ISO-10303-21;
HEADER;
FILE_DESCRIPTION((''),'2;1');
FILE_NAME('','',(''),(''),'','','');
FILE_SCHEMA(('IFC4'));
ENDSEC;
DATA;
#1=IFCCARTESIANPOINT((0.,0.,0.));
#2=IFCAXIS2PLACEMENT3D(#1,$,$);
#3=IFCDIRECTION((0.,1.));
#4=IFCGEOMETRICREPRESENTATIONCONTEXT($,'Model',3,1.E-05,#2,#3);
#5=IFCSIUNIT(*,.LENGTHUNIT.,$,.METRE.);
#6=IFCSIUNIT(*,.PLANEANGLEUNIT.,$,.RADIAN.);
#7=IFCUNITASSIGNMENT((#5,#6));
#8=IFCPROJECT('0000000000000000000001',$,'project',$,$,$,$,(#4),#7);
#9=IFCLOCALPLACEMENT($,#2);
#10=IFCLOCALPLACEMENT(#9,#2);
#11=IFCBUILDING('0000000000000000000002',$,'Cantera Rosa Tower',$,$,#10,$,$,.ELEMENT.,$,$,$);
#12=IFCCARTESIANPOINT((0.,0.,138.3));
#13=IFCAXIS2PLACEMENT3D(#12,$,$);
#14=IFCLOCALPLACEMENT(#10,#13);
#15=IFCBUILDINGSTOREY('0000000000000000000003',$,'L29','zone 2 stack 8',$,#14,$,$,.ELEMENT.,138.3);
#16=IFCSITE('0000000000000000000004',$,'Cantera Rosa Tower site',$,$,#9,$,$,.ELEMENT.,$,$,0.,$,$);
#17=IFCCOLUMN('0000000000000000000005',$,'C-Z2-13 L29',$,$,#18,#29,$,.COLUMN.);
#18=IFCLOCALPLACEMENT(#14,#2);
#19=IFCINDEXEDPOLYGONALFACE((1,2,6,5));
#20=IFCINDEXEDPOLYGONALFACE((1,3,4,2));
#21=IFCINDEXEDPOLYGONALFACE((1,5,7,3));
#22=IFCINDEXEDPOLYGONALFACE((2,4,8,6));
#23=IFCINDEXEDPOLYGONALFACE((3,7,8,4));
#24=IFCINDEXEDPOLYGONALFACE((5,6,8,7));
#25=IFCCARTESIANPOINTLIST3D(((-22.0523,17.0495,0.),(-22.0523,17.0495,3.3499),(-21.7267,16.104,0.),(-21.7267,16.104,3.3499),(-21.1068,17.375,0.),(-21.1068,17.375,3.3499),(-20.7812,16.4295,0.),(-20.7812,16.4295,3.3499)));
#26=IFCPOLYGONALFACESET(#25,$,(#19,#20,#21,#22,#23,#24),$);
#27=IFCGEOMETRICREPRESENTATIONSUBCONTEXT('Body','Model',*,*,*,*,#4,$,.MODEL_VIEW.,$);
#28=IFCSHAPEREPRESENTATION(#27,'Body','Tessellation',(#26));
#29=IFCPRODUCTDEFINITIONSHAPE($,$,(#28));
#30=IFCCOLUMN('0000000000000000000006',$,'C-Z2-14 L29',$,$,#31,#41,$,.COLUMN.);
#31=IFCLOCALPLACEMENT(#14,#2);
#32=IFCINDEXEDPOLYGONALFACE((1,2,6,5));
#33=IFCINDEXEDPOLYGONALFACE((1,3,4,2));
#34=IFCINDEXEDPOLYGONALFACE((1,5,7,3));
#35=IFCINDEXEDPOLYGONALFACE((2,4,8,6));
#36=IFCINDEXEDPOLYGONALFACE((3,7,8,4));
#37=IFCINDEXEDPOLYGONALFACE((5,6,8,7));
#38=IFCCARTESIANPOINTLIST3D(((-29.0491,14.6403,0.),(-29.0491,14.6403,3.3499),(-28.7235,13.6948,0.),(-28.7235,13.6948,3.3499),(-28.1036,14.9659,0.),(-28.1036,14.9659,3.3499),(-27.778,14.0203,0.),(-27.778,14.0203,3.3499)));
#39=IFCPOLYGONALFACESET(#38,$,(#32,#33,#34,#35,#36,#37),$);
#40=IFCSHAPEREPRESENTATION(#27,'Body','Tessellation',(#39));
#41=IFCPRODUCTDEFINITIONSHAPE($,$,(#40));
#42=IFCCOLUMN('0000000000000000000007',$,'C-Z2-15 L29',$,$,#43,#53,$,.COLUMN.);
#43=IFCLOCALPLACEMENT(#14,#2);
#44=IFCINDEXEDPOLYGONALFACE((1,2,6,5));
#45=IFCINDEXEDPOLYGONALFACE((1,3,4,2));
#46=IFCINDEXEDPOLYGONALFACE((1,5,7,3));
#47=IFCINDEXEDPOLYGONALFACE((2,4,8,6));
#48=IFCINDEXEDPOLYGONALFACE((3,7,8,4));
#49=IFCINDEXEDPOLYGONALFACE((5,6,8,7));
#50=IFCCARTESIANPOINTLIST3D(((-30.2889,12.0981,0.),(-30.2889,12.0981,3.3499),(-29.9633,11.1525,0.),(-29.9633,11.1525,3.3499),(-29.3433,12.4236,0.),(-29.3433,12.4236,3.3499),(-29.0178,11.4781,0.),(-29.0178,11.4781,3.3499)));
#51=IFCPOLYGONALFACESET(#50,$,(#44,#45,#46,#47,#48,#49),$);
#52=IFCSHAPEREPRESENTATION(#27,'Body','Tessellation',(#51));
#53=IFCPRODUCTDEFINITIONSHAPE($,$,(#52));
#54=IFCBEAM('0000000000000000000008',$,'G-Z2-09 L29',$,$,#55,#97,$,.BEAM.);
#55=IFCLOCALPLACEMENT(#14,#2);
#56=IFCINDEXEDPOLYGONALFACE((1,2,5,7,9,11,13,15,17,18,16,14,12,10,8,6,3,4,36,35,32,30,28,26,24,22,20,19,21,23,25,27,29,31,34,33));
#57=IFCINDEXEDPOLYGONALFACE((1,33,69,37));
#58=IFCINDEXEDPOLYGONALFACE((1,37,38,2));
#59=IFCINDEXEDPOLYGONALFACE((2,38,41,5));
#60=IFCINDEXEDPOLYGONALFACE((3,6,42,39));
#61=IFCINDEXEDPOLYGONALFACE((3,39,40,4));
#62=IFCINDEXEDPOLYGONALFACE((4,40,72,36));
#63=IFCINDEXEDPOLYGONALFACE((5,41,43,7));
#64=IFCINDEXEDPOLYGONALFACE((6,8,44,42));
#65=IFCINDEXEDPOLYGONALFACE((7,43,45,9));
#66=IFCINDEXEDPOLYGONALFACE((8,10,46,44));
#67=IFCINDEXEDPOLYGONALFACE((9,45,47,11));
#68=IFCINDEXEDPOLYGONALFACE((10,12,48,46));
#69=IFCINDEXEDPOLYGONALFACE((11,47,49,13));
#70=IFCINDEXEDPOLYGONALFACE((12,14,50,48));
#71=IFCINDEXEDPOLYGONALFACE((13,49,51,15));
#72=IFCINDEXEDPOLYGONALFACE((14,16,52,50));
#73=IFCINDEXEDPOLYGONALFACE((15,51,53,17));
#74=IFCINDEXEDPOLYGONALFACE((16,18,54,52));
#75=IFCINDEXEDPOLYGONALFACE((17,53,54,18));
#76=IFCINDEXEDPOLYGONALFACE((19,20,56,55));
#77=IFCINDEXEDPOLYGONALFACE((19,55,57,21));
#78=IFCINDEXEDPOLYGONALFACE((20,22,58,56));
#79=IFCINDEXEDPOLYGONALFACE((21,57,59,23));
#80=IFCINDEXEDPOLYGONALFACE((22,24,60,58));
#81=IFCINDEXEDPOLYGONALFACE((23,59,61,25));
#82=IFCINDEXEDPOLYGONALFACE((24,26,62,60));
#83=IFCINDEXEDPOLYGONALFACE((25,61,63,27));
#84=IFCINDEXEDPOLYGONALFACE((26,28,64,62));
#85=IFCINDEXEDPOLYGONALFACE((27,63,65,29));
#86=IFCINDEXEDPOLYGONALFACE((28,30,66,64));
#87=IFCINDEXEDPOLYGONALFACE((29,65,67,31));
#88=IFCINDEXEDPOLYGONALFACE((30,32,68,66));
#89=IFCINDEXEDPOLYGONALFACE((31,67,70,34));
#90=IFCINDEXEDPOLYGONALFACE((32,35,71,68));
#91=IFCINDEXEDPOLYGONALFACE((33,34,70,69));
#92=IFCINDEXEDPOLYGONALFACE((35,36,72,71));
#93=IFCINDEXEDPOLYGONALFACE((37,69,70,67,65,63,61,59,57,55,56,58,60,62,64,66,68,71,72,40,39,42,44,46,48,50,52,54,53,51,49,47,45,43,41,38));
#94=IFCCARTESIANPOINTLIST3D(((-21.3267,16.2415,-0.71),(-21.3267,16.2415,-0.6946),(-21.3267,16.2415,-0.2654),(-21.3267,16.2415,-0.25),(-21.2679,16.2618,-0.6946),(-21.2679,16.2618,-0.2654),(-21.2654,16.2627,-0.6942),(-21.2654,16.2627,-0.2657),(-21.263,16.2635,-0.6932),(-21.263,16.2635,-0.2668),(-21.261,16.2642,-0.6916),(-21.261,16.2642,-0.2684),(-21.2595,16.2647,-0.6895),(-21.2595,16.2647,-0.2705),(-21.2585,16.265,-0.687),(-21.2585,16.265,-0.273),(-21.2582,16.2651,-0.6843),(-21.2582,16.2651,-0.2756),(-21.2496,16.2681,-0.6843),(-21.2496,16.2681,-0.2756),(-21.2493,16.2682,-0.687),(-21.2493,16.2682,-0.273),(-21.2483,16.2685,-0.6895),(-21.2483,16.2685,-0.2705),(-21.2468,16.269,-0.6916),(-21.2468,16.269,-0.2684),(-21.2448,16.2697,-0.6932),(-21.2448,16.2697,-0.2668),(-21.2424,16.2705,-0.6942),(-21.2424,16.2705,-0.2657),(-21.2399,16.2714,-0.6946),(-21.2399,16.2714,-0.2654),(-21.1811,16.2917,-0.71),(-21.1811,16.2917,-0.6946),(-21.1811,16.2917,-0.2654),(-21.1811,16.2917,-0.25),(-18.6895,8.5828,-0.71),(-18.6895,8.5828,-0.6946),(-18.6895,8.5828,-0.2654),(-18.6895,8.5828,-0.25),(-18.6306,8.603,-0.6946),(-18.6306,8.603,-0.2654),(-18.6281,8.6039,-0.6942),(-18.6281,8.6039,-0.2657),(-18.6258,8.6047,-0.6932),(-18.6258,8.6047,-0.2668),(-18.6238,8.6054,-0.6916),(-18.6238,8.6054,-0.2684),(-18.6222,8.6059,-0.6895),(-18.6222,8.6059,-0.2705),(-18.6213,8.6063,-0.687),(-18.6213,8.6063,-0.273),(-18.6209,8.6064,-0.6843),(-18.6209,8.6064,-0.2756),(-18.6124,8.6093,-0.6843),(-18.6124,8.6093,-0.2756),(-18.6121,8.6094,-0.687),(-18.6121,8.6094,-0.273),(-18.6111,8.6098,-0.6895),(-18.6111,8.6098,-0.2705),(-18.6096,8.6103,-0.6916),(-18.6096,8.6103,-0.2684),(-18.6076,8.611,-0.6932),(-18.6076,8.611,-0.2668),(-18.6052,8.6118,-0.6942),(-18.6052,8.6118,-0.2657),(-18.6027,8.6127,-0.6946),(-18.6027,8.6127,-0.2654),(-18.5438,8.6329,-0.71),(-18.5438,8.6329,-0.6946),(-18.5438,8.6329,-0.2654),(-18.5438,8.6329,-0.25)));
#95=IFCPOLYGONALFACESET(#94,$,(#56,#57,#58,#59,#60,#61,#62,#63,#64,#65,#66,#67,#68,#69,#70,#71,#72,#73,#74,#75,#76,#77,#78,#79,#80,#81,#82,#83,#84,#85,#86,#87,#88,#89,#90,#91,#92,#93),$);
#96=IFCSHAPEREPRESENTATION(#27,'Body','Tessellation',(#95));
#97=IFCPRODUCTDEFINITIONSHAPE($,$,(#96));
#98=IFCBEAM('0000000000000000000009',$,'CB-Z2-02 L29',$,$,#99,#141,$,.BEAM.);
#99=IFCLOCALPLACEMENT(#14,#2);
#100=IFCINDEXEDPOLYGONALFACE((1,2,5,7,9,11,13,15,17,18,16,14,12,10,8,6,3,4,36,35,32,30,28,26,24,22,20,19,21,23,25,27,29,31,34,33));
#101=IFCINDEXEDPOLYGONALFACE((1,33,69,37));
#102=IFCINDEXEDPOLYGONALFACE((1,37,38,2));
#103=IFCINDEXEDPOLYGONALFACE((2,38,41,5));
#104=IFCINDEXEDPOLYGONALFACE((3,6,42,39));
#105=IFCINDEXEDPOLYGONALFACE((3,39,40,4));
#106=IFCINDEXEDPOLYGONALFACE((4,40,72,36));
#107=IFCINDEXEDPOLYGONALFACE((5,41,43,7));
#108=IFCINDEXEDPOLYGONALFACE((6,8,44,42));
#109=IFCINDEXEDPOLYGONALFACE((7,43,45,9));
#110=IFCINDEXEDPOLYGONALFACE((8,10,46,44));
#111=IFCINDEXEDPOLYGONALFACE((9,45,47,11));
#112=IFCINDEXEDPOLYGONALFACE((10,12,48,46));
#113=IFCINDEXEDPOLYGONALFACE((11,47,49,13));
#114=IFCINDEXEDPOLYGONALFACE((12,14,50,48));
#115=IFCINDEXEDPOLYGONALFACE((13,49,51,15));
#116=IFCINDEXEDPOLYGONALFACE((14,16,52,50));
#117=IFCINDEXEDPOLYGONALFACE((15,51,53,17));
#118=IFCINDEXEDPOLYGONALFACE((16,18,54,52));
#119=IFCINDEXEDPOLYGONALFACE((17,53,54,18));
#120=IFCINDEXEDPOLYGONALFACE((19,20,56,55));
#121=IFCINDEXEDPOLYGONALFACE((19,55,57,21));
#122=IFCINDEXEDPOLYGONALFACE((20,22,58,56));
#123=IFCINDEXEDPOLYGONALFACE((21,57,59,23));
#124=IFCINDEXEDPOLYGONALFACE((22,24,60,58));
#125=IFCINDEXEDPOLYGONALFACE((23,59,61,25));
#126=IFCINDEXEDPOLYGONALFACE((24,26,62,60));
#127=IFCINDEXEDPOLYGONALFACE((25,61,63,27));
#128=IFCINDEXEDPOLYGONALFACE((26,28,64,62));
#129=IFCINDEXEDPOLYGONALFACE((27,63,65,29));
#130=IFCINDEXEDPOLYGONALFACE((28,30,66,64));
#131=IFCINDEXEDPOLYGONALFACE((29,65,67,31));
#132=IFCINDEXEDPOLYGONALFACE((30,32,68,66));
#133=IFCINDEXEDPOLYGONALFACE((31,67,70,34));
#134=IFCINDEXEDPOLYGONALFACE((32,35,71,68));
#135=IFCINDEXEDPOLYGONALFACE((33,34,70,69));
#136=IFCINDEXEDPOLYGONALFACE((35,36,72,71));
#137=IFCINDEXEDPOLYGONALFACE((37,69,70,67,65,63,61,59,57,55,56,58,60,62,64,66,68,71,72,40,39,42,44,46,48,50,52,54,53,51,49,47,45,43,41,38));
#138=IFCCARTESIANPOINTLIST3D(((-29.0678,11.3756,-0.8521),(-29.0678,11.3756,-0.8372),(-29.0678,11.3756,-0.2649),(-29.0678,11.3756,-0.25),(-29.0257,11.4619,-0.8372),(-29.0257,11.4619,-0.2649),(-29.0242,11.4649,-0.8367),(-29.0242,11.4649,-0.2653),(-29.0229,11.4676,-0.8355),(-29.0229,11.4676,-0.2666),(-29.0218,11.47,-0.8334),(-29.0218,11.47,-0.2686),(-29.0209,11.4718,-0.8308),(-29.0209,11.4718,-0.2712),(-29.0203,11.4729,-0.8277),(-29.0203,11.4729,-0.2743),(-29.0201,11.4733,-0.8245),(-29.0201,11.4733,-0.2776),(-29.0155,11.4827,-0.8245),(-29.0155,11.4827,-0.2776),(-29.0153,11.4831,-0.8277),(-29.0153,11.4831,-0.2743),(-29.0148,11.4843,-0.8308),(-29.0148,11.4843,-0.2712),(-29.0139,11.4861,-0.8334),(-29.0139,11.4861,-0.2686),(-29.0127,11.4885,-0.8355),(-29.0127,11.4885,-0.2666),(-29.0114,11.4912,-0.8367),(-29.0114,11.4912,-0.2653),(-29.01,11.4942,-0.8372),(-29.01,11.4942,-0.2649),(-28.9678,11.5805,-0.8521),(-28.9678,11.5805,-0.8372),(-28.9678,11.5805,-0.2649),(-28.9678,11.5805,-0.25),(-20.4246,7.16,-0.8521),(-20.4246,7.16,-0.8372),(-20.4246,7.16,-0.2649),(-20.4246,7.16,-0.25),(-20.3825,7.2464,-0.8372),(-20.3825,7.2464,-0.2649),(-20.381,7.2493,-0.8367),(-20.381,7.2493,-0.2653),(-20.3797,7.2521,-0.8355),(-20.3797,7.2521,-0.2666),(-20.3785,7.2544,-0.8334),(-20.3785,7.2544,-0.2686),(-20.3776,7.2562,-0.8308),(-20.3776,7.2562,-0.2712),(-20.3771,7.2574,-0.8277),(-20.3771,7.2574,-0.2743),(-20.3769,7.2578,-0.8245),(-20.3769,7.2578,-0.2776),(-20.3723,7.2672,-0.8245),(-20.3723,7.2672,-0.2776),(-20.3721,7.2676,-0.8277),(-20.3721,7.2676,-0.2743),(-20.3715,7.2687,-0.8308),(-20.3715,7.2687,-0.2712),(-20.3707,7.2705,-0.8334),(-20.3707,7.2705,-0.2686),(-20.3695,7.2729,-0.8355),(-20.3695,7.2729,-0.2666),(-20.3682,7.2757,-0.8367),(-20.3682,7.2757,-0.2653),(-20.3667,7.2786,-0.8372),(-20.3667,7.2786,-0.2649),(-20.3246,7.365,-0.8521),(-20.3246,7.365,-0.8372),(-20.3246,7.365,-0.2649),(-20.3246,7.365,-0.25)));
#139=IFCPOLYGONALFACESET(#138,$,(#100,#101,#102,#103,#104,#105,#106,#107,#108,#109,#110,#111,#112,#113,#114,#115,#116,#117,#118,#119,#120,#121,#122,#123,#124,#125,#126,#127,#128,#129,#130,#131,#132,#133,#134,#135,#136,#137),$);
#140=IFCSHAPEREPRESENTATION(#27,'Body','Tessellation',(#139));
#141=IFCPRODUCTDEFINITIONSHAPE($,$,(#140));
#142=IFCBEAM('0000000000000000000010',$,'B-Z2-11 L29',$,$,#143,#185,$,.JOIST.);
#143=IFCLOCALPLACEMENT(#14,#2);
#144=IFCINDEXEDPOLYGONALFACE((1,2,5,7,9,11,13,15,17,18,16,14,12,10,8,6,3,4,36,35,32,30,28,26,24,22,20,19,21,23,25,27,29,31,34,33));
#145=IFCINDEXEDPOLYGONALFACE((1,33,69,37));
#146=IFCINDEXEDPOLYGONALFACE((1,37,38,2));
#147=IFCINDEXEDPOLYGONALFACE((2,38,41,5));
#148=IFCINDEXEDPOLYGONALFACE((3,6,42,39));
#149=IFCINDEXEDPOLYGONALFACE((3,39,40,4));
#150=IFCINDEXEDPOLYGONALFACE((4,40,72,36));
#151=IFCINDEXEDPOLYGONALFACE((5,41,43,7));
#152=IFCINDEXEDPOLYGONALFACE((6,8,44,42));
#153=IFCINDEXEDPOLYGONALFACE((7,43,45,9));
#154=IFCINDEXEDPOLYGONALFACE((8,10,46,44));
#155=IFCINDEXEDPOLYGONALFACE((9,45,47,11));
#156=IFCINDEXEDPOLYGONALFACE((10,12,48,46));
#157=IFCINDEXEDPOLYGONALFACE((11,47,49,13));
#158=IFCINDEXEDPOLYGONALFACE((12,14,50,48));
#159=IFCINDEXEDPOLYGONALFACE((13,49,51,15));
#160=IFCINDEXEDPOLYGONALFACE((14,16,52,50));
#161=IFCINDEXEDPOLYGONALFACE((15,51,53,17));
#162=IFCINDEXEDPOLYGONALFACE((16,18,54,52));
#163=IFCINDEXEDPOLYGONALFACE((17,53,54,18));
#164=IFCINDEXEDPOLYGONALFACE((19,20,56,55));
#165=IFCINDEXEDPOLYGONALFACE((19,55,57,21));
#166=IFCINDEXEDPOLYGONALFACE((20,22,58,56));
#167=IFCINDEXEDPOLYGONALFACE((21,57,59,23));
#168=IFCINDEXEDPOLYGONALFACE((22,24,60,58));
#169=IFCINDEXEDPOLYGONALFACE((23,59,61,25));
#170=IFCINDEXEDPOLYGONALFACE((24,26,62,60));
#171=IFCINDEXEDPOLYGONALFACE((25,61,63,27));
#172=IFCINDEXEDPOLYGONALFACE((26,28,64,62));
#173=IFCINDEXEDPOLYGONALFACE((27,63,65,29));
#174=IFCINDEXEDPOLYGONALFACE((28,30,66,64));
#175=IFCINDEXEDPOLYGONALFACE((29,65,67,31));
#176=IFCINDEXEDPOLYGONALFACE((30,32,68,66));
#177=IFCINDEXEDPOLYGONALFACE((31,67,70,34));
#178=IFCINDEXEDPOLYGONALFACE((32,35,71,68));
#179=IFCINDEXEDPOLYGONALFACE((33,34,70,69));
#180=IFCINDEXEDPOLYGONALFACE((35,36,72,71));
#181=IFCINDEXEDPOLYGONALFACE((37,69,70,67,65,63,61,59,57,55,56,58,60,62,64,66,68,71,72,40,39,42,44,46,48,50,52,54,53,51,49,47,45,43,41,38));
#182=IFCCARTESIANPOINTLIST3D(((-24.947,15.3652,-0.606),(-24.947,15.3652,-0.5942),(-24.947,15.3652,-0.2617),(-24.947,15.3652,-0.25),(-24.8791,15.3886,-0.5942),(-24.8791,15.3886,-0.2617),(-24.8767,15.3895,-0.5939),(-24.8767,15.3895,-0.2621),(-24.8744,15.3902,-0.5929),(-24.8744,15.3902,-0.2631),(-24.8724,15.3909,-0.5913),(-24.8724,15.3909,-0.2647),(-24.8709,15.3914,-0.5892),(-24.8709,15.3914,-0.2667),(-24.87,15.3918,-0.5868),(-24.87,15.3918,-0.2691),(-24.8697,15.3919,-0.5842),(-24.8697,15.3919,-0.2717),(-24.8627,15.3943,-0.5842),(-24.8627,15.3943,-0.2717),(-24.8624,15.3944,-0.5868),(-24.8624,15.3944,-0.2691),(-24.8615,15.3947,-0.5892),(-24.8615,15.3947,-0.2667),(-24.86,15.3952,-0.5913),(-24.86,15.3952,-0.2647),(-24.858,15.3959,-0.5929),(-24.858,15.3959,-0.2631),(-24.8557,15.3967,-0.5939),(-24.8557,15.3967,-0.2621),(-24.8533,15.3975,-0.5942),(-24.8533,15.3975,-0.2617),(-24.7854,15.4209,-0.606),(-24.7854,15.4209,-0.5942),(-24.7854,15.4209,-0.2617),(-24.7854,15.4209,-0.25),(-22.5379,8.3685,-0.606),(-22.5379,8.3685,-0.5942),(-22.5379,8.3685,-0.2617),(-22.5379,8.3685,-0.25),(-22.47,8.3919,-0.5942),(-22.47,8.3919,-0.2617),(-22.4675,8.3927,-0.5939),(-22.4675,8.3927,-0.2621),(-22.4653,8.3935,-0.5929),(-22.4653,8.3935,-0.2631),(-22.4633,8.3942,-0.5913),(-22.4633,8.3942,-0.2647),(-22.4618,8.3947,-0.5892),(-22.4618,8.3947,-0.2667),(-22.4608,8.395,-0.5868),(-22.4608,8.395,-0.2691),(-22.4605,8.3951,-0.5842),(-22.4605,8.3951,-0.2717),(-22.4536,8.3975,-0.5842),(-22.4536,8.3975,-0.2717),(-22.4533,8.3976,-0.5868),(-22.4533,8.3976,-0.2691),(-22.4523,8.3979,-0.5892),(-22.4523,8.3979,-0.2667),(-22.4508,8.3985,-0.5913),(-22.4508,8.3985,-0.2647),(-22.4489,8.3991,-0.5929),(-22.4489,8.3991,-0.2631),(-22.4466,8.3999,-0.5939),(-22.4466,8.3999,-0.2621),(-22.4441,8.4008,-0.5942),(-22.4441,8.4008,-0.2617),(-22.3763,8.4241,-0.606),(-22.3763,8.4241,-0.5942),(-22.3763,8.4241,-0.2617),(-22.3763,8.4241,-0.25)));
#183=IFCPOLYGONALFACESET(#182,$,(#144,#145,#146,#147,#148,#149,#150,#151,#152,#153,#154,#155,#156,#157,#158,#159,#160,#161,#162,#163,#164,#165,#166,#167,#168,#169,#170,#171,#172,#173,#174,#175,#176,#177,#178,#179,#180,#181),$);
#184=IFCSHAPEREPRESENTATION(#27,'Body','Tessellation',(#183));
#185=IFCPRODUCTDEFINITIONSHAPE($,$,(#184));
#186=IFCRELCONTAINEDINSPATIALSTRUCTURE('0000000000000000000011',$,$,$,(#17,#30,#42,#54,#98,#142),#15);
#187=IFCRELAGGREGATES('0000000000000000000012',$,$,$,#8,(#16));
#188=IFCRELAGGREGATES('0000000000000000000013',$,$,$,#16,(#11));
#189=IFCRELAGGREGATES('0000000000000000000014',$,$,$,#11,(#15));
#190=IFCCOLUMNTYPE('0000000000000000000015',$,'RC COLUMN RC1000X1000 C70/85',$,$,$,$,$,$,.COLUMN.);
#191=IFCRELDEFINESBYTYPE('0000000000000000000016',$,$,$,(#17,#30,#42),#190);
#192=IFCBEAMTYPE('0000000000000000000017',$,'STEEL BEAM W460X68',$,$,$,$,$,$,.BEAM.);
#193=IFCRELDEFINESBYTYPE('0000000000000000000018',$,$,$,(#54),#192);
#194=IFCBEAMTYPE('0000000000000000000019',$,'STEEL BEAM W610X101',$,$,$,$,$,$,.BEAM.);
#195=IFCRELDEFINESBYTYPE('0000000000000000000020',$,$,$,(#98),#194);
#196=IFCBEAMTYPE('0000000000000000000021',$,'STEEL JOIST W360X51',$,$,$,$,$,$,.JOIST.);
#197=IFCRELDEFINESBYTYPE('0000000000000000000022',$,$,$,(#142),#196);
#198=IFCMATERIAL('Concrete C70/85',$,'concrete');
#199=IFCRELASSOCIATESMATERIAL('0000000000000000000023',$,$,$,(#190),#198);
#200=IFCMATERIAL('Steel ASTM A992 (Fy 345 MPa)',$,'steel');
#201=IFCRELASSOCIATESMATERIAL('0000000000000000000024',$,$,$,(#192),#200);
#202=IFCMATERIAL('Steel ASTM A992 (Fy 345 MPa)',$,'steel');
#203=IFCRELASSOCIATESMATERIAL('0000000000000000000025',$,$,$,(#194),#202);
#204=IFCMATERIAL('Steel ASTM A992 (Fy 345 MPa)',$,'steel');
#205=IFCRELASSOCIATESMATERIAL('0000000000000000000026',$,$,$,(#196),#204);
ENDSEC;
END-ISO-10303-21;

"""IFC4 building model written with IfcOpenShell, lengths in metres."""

from ifc_helpers import new_model, si_unit, direction, frame, origin, origin_2d, place, context, subcontext, project, spatial, rectangle, i_section, extrude, material, material_profile, profile_set, type_object, element, save


model = new_model("IFC4")

# Units and contexts
model_context = context("Model", 3, precision=1e-05, world=origin(), true_north=direction((0.0, 1.0)))
body_context = subcontext(model_context, "Body", "Model", "MODEL_VIEW")
ifc_project = project(units=[si_unit("LENGTHUNIT", "METRE"), si_unit("PLANEANGLEUNIT", "RADIAN")], contexts=[model_context])

# Site, building, storey
site_placement = place(None, origin())
site = spatial("IfcSite", under=ifc_project, at=site_placement, Name="Cantera Rosa Tower site", CompositionType="ELEMENT", RefElevation=0.0)
building_placement = place(site_placement, origin())
building = spatial("IfcBuilding", under=site, at=building_placement, Name="Cantera Rosa Tower", CompositionType="ELEMENT")
storey_placement = place(building_placement, frame((0.0, 0.0, 138.3)))
storey = spatial("IfcBuildingStorey", under=building, at=storey_placement, Name="L29", Description="zone 2 stack 8", CompositionType="ELEMENT", Elevation=138.3)

# Columns
ifc_material_1 = material(Name="Concrete C70/85", Category="concrete")
ifc_material_profile_1 = material_profile(ifc_material_1, rectangle(XDim=1.0, YDim=1.0, at=origin_2d()), Name="RC COLUMN RC1000X1000 C70/85")
ifc_profile_set_1 = profile_set([ifc_material_profile_1], Name="Concrete C70/85")
column_type = type_object("IfcColumnType", Name="RC COLUMN RC1000X1000 C70/85", PredefinedType="COLUMN", material=ifc_profile_set_1)
for number, where, z_axis, x_axis, name in (
    (1, (-21.4167, 16.7395, 0.0), (0.0, 0.0, 1.0), (0.945519, 0.325568, 0.0), "C-Z2-13 L29"),
    (2, (-28.4136, 14.3303, 0.0), (0.0, 0.0, 1.0), (0.945519, 0.325568, 0.0), "C-Z2-14 L29"),
    (3, (-29.6533, 11.7881, 0.0), (0.0, 0.0, 1.0), (0.945519, 0.325568, 0.0), "C-Z2-15 L29"),
):
    element("IfcColumn", number, at=place(storey_placement, frame(where, z_axis=z_axis, x_axis=x_axis)), inside=storey, type_object=column_type, Name=name, PredefinedType="COLUMN", context=body_context, shape_type="SweptSolid", body=[
        extrude(rectangle(XDim=1.0, YDim=1.0, at=origin_2d()), origin(), (0.0, 0.0, 1.0), 3.3499),
    ])

# Beams
ifc_material_2 = material(Name="Steel ASTM A992 (Fy 345 MPa)", Category="steel")
ifc_material_profile_2 = material_profile(ifc_material_2, i_section(OverallWidth=0.1541, OverallDepth=0.46, WebThickness=0.009, FlangeThickness=0.0154, FilletRadius=0.0103, at=origin_2d()), Name="W460X68")
ifc_profile_set_2 = profile_set([ifc_material_profile_2], Name="Steel ASTM A992 (Fy 345 MPa)")
beam_type_1 = type_object("IfcBeamType", Name="STEEL BEAM W460X68", PredefinedType="BEAM", material=ifc_profile_set_2)
beam_1_placement = place(storey_placement, frame((-21.2539, 16.2666, -0.48), z_axis=(0.32558, -0.945514, 0.0), x_axis=(0.945514, 0.32558, 0.0)))
element("IfcBeam", 4, at=beam_1_placement, inside=storey, type_object=beam_type_1, Name="G-Z2-09 L29", PredefinedType="BEAM", context=body_context, shape_type="SweptSolid", body=[
    extrude(i_section(OverallWidth=0.1541, OverallDepth=0.46, WebThickness=0.009, FlangeThickness=0.0154, FilletRadius=0.0103, at=origin_2d()), origin(), (0.0, 0.0, 1.0), 8.1001),
])
ifc_material_3 = material(Name="Steel ASTM A992 (Fy 345 MPa)", Category="steel")
ifc_material_profile_3 = material_profile(ifc_material_3, i_section(OverallWidth=0.228, OverallDepth=0.6021, WebThickness=0.0105, FlangeThickness=0.0149, FilletRadius=0.0127, at=origin_2d()), Name="W610X101")
ifc_profile_set_3 = profile_set([ifc_material_profile_3], Name="Steel ASTM A992 (Fy 345 MPa)")
beam_type_2 = type_object("IfcBeamType", Name="STEEL BEAM W610X101", PredefinedType="BEAM", material=ifc_profile_set_3)
beam_2_placement = place(storey_placement, frame((-29.0178, 11.478, -0.551), z_axis=(0.898796, -0.438367, 0.0), x_axis=(0.438367, 0.898796, 0.0)))
element("IfcBeam", 5, at=beam_2_placement, inside=storey, type_object=beam_type_2, Name="CB-Z2-02 L29", PredefinedType="BEAM", context=body_context, shape_type="SweptSolid", body=[
    extrude(i_section(OverallWidth=0.228, OverallDepth=0.6021, WebThickness=0.0105, FlangeThickness=0.0149, FilletRadius=0.0127, at=origin_2d()), origin(), (0.0, 0.0, 1.0), 9.6165),
])
ifc_material_4 = material(Name="Steel ASTM A992 (Fy 345 MPa)", Category="steel")
ifc_material_profile_4 = material_profile(ifc_material_4, i_section(OverallWidth=0.1709, OverallDepth=0.356, WebThickness=0.0073, FlangeThickness=0.0117, FilletRadius=0.01, at=origin_2d()), Name="W360X51")
ifc_profile_set_4 = profile_set([ifc_material_profile_4], Name="Steel ASTM A992 (Fy 345 MPa)")
beam_type_3 = type_object("IfcBeamType", Name="STEEL JOIST W360X51", PredefinedType="JOIST", material=ifc_profile_set_4)
beam_3_placement = place(storey_placement, frame((-24.8662, 15.3931, -0.428), z_axis=(0.325566, -0.945519, 0.0), x_axis=(0.945519, 0.325566, 0.0)))
element("IfcBeam", 6, at=beam_3_placement, inside=storey, type_object=beam_type_3, Name="B-Z2-11 L29", PredefinedType="JOIST", context=body_context, shape_type="SweptSolid", body=[
    extrude(i_section(OverallWidth=0.1709, OverallDepth=0.356, WebThickness=0.0073, FlangeThickness=0.0117, FilletRadius=0.01, at=origin_2d()), origin(), (0.0, 0.0, 1.0), 7.3999),
])

save(model, "model.ifc")
